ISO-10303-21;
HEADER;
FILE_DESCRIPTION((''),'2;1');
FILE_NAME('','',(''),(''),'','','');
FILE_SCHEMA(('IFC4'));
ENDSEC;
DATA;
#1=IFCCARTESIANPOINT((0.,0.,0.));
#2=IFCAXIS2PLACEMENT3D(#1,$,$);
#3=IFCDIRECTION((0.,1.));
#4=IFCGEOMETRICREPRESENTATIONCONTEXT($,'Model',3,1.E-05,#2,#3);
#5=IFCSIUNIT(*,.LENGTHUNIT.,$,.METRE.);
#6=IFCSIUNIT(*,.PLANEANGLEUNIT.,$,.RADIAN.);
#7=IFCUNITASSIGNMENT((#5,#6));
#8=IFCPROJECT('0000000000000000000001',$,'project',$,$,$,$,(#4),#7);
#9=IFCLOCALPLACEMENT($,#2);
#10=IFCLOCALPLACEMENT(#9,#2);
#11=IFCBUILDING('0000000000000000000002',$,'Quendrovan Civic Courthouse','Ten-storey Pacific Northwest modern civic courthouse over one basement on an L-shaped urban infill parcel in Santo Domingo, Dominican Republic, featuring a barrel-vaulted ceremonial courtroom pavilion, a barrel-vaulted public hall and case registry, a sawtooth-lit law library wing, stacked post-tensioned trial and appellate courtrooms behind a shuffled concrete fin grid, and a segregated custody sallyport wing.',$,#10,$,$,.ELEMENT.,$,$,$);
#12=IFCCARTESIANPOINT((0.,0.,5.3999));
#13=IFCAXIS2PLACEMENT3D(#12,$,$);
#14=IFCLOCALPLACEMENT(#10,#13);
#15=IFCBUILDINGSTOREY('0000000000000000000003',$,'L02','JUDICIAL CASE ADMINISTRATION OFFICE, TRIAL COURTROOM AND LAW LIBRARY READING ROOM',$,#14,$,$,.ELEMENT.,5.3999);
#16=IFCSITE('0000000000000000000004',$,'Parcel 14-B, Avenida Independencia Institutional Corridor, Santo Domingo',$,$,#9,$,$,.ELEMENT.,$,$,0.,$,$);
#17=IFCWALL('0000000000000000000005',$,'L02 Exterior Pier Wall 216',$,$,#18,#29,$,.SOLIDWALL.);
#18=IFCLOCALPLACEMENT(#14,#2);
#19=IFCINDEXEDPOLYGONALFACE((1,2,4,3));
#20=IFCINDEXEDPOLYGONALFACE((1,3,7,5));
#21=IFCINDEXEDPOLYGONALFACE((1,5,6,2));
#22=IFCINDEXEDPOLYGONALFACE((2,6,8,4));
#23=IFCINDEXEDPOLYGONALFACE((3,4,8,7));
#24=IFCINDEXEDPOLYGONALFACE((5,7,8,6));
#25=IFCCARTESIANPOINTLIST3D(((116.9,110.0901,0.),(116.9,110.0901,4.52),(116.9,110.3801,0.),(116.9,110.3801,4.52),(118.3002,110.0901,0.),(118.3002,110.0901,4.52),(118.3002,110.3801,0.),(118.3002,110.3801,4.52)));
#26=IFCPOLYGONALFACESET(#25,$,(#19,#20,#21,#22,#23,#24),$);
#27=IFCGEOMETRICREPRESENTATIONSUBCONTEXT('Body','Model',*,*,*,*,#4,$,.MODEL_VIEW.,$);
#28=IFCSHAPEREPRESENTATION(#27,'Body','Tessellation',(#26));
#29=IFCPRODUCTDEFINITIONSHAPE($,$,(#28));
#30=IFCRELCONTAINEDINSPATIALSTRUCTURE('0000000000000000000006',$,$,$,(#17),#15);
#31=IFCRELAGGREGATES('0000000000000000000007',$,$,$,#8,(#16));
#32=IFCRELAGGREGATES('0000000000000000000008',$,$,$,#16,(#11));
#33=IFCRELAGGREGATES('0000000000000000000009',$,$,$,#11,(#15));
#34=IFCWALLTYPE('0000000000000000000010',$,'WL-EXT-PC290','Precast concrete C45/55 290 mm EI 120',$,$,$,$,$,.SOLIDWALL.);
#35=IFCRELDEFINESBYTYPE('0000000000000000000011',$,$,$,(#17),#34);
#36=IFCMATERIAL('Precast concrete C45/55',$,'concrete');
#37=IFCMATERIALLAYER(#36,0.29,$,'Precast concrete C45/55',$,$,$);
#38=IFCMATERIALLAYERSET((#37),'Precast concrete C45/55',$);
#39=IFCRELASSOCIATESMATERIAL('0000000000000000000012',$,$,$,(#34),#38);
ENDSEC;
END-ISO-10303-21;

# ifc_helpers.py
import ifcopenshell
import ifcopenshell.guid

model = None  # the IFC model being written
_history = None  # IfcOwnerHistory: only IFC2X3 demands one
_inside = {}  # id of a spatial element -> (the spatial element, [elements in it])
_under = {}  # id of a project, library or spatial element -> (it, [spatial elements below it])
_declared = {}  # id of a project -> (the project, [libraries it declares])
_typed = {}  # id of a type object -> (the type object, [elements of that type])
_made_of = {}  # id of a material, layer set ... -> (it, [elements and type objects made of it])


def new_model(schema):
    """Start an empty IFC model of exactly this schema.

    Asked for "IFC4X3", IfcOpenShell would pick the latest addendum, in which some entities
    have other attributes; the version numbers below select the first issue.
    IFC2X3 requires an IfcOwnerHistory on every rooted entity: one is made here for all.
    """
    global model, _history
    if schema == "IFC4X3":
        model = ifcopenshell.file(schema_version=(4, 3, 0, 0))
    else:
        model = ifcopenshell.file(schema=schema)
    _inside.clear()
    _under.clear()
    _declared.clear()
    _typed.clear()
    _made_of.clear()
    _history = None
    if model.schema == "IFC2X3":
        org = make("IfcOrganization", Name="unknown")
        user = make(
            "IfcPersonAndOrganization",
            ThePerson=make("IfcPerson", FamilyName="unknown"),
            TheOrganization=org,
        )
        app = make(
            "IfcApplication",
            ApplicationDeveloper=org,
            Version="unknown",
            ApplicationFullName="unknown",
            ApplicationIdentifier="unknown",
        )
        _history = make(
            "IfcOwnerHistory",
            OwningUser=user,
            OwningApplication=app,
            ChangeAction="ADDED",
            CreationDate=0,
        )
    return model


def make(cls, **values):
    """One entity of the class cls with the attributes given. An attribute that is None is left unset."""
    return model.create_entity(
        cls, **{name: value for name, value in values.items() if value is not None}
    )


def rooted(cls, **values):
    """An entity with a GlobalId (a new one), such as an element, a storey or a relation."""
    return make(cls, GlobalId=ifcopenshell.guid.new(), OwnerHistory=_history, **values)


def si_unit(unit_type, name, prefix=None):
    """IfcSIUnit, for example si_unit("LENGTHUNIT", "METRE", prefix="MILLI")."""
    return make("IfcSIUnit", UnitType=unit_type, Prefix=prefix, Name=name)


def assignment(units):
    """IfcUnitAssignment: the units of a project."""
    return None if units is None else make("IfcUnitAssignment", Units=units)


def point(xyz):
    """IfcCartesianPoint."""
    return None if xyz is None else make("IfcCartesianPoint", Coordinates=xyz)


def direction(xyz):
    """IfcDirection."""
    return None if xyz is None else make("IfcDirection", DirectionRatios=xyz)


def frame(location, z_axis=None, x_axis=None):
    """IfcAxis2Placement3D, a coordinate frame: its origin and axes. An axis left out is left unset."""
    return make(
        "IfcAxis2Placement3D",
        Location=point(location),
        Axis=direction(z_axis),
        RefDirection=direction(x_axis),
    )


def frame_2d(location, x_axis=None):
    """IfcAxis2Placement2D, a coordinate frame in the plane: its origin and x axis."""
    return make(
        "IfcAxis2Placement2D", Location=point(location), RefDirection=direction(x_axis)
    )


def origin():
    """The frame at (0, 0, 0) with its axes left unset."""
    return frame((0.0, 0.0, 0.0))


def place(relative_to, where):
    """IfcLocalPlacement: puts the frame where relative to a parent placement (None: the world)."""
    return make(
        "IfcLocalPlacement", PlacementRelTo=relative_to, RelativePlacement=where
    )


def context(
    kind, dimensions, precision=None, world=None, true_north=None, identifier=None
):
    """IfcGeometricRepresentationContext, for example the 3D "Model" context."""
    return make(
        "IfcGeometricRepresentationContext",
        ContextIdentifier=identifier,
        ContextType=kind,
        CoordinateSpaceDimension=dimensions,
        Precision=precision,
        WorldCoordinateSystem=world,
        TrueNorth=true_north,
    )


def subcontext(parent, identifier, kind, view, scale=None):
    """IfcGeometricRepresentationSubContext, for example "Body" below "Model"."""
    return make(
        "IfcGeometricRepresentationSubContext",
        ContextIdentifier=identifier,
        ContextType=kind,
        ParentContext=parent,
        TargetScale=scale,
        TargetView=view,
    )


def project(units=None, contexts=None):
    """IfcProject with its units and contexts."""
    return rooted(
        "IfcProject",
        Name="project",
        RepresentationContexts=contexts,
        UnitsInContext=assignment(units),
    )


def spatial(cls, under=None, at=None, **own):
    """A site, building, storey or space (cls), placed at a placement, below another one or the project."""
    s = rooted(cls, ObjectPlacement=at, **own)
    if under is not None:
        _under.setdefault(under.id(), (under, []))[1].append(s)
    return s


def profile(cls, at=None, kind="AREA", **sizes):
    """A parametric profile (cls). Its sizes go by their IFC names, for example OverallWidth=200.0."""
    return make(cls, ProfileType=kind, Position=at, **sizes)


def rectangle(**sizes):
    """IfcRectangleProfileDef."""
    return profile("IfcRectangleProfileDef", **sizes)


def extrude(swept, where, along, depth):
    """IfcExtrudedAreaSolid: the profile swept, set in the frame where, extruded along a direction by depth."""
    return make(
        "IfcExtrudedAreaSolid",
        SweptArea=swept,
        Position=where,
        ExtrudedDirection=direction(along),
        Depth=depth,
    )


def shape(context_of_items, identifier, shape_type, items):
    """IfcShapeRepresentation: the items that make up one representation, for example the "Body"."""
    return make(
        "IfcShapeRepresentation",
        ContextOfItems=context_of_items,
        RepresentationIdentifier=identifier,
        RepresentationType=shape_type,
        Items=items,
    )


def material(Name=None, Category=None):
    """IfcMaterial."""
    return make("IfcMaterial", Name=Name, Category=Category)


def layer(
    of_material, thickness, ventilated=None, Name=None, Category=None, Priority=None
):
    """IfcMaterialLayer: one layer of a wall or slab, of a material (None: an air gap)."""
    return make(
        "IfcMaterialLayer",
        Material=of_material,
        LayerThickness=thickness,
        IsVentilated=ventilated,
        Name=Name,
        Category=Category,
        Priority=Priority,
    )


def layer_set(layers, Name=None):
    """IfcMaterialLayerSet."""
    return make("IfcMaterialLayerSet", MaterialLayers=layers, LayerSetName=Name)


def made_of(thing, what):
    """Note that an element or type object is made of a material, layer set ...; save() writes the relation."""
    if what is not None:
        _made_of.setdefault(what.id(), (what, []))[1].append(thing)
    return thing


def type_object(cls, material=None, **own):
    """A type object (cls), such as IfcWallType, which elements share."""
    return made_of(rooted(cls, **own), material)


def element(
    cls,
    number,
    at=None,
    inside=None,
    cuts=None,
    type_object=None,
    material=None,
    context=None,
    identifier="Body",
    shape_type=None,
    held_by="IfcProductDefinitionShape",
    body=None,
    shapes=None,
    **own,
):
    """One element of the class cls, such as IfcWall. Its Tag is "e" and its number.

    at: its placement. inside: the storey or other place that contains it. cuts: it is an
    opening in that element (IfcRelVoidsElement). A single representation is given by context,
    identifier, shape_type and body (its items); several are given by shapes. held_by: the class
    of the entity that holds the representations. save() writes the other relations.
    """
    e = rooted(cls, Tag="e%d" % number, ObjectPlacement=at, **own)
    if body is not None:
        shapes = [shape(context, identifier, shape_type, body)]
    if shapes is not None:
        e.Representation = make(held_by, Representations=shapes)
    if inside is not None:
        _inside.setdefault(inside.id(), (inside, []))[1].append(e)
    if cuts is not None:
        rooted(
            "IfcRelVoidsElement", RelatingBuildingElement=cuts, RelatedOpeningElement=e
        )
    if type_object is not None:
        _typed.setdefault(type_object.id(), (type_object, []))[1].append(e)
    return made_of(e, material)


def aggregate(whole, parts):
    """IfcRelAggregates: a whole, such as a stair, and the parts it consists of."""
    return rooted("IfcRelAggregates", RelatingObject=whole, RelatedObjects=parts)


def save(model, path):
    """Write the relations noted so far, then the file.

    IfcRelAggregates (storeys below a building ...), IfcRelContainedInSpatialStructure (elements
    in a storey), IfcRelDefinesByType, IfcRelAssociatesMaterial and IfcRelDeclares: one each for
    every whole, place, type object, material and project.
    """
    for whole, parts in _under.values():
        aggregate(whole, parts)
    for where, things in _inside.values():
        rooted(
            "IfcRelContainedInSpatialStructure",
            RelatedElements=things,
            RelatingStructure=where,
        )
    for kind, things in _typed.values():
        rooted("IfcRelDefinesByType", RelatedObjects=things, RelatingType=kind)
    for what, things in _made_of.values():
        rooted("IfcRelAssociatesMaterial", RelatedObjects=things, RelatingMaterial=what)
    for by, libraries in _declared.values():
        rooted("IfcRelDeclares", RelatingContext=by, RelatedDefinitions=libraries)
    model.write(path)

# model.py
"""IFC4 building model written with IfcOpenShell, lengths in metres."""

from ifc_helpers import new_model, si_unit, direction, frame, frame_2d, origin, place, context, subcontext, project, spatial, rectangle, extrude, material, layer, layer_set, type_object, element, save


model = new_model("IFC4")

# Units and contexts
model_context = context("Model", 3, precision=1e-05, world=origin(), true_north=direction((0.0, 1.0)))
body_context = subcontext(model_context, "Body", "Model", "MODEL_VIEW")
ifc_project = project(units=[si_unit("LENGTHUNIT", "METRE"), si_unit("PLANEANGLEUNIT", "RADIAN")], contexts=[model_context])

# Site, building, storey
site_placement = place(None, origin())
site = spatial("IfcSite", under=ifc_project, at=site_placement, Name="Parcel 14-B, Avenida Independencia Institutional Corridor, Santo Domingo", CompositionType="ELEMENT", RefElevation=0.0)
building_placement = place(site_placement, origin())
building = spatial("IfcBuilding", under=site, at=building_placement, Name="Quendrovan Civic Courthouse", Description="Ten-storey Pacific Northwest modern civic courthouse over one basement on an L-shaped urban infill parcel in Santo Domingo, Dominican Republic, featuring a barrel-vaulted ceremonial courtroom pavilion, a barrel-vaulted public hall and case registry, a sawtooth-lit law library wing, stacked post-tensioned trial and appellate courtrooms behind a shuffled concrete fin grid, and a segregated custody sallyport wing.", CompositionType="ELEMENT")
storey_placement = place(building_placement, frame((0.0, 0.0, 5.3999)))
storey = spatial("IfcBuildingStorey", under=building, at=storey_placement, Name="L02", Description="JUDICIAL CASE ADMINISTRATION OFFICE, TRIAL COURTROOM AND LAW LIBRARY READING ROOM", CompositionType="ELEMENT", Elevation=5.3999)

# Wall
ifc_material_1 = material(Name="Precast concrete C45/55", Category="concrete")
ifc_layer_1 = layer(ifc_material_1, 0.29, Name="Precast concrete C45/55")
ifc_layer_set_1 = layer_set([ifc_layer_1], Name="Precast concrete C45/55")
wall_type = type_object("IfcWallType", Name="WL-EXT-PC290", Description="Precast concrete C45/55 290 mm EI 120", PredefinedType="SOLIDWALL", material=ifc_layer_set_1)
wall_1_placement = place(storey_placement, frame((116.8999, 110.2351, 0.0), z_axis=(0.0, 0.0, 1.0), x_axis=(1.0, 0.0, 0.0)))
element("IfcWall", 1, at=wall_1_placement, inside=storey, type_object=wall_type, Name="L02 Exterior Pier Wall 216", PredefinedType="SOLIDWALL", context=body_context, shape_type="SweptSolid", body=[
    extrude(rectangle(XDim=1.4001, YDim=0.29, at=frame_2d((0.7002, 0.0))), origin(), (0.0, 0.0, 1.0), 4.52),
])

save(model, "model.ifc")
